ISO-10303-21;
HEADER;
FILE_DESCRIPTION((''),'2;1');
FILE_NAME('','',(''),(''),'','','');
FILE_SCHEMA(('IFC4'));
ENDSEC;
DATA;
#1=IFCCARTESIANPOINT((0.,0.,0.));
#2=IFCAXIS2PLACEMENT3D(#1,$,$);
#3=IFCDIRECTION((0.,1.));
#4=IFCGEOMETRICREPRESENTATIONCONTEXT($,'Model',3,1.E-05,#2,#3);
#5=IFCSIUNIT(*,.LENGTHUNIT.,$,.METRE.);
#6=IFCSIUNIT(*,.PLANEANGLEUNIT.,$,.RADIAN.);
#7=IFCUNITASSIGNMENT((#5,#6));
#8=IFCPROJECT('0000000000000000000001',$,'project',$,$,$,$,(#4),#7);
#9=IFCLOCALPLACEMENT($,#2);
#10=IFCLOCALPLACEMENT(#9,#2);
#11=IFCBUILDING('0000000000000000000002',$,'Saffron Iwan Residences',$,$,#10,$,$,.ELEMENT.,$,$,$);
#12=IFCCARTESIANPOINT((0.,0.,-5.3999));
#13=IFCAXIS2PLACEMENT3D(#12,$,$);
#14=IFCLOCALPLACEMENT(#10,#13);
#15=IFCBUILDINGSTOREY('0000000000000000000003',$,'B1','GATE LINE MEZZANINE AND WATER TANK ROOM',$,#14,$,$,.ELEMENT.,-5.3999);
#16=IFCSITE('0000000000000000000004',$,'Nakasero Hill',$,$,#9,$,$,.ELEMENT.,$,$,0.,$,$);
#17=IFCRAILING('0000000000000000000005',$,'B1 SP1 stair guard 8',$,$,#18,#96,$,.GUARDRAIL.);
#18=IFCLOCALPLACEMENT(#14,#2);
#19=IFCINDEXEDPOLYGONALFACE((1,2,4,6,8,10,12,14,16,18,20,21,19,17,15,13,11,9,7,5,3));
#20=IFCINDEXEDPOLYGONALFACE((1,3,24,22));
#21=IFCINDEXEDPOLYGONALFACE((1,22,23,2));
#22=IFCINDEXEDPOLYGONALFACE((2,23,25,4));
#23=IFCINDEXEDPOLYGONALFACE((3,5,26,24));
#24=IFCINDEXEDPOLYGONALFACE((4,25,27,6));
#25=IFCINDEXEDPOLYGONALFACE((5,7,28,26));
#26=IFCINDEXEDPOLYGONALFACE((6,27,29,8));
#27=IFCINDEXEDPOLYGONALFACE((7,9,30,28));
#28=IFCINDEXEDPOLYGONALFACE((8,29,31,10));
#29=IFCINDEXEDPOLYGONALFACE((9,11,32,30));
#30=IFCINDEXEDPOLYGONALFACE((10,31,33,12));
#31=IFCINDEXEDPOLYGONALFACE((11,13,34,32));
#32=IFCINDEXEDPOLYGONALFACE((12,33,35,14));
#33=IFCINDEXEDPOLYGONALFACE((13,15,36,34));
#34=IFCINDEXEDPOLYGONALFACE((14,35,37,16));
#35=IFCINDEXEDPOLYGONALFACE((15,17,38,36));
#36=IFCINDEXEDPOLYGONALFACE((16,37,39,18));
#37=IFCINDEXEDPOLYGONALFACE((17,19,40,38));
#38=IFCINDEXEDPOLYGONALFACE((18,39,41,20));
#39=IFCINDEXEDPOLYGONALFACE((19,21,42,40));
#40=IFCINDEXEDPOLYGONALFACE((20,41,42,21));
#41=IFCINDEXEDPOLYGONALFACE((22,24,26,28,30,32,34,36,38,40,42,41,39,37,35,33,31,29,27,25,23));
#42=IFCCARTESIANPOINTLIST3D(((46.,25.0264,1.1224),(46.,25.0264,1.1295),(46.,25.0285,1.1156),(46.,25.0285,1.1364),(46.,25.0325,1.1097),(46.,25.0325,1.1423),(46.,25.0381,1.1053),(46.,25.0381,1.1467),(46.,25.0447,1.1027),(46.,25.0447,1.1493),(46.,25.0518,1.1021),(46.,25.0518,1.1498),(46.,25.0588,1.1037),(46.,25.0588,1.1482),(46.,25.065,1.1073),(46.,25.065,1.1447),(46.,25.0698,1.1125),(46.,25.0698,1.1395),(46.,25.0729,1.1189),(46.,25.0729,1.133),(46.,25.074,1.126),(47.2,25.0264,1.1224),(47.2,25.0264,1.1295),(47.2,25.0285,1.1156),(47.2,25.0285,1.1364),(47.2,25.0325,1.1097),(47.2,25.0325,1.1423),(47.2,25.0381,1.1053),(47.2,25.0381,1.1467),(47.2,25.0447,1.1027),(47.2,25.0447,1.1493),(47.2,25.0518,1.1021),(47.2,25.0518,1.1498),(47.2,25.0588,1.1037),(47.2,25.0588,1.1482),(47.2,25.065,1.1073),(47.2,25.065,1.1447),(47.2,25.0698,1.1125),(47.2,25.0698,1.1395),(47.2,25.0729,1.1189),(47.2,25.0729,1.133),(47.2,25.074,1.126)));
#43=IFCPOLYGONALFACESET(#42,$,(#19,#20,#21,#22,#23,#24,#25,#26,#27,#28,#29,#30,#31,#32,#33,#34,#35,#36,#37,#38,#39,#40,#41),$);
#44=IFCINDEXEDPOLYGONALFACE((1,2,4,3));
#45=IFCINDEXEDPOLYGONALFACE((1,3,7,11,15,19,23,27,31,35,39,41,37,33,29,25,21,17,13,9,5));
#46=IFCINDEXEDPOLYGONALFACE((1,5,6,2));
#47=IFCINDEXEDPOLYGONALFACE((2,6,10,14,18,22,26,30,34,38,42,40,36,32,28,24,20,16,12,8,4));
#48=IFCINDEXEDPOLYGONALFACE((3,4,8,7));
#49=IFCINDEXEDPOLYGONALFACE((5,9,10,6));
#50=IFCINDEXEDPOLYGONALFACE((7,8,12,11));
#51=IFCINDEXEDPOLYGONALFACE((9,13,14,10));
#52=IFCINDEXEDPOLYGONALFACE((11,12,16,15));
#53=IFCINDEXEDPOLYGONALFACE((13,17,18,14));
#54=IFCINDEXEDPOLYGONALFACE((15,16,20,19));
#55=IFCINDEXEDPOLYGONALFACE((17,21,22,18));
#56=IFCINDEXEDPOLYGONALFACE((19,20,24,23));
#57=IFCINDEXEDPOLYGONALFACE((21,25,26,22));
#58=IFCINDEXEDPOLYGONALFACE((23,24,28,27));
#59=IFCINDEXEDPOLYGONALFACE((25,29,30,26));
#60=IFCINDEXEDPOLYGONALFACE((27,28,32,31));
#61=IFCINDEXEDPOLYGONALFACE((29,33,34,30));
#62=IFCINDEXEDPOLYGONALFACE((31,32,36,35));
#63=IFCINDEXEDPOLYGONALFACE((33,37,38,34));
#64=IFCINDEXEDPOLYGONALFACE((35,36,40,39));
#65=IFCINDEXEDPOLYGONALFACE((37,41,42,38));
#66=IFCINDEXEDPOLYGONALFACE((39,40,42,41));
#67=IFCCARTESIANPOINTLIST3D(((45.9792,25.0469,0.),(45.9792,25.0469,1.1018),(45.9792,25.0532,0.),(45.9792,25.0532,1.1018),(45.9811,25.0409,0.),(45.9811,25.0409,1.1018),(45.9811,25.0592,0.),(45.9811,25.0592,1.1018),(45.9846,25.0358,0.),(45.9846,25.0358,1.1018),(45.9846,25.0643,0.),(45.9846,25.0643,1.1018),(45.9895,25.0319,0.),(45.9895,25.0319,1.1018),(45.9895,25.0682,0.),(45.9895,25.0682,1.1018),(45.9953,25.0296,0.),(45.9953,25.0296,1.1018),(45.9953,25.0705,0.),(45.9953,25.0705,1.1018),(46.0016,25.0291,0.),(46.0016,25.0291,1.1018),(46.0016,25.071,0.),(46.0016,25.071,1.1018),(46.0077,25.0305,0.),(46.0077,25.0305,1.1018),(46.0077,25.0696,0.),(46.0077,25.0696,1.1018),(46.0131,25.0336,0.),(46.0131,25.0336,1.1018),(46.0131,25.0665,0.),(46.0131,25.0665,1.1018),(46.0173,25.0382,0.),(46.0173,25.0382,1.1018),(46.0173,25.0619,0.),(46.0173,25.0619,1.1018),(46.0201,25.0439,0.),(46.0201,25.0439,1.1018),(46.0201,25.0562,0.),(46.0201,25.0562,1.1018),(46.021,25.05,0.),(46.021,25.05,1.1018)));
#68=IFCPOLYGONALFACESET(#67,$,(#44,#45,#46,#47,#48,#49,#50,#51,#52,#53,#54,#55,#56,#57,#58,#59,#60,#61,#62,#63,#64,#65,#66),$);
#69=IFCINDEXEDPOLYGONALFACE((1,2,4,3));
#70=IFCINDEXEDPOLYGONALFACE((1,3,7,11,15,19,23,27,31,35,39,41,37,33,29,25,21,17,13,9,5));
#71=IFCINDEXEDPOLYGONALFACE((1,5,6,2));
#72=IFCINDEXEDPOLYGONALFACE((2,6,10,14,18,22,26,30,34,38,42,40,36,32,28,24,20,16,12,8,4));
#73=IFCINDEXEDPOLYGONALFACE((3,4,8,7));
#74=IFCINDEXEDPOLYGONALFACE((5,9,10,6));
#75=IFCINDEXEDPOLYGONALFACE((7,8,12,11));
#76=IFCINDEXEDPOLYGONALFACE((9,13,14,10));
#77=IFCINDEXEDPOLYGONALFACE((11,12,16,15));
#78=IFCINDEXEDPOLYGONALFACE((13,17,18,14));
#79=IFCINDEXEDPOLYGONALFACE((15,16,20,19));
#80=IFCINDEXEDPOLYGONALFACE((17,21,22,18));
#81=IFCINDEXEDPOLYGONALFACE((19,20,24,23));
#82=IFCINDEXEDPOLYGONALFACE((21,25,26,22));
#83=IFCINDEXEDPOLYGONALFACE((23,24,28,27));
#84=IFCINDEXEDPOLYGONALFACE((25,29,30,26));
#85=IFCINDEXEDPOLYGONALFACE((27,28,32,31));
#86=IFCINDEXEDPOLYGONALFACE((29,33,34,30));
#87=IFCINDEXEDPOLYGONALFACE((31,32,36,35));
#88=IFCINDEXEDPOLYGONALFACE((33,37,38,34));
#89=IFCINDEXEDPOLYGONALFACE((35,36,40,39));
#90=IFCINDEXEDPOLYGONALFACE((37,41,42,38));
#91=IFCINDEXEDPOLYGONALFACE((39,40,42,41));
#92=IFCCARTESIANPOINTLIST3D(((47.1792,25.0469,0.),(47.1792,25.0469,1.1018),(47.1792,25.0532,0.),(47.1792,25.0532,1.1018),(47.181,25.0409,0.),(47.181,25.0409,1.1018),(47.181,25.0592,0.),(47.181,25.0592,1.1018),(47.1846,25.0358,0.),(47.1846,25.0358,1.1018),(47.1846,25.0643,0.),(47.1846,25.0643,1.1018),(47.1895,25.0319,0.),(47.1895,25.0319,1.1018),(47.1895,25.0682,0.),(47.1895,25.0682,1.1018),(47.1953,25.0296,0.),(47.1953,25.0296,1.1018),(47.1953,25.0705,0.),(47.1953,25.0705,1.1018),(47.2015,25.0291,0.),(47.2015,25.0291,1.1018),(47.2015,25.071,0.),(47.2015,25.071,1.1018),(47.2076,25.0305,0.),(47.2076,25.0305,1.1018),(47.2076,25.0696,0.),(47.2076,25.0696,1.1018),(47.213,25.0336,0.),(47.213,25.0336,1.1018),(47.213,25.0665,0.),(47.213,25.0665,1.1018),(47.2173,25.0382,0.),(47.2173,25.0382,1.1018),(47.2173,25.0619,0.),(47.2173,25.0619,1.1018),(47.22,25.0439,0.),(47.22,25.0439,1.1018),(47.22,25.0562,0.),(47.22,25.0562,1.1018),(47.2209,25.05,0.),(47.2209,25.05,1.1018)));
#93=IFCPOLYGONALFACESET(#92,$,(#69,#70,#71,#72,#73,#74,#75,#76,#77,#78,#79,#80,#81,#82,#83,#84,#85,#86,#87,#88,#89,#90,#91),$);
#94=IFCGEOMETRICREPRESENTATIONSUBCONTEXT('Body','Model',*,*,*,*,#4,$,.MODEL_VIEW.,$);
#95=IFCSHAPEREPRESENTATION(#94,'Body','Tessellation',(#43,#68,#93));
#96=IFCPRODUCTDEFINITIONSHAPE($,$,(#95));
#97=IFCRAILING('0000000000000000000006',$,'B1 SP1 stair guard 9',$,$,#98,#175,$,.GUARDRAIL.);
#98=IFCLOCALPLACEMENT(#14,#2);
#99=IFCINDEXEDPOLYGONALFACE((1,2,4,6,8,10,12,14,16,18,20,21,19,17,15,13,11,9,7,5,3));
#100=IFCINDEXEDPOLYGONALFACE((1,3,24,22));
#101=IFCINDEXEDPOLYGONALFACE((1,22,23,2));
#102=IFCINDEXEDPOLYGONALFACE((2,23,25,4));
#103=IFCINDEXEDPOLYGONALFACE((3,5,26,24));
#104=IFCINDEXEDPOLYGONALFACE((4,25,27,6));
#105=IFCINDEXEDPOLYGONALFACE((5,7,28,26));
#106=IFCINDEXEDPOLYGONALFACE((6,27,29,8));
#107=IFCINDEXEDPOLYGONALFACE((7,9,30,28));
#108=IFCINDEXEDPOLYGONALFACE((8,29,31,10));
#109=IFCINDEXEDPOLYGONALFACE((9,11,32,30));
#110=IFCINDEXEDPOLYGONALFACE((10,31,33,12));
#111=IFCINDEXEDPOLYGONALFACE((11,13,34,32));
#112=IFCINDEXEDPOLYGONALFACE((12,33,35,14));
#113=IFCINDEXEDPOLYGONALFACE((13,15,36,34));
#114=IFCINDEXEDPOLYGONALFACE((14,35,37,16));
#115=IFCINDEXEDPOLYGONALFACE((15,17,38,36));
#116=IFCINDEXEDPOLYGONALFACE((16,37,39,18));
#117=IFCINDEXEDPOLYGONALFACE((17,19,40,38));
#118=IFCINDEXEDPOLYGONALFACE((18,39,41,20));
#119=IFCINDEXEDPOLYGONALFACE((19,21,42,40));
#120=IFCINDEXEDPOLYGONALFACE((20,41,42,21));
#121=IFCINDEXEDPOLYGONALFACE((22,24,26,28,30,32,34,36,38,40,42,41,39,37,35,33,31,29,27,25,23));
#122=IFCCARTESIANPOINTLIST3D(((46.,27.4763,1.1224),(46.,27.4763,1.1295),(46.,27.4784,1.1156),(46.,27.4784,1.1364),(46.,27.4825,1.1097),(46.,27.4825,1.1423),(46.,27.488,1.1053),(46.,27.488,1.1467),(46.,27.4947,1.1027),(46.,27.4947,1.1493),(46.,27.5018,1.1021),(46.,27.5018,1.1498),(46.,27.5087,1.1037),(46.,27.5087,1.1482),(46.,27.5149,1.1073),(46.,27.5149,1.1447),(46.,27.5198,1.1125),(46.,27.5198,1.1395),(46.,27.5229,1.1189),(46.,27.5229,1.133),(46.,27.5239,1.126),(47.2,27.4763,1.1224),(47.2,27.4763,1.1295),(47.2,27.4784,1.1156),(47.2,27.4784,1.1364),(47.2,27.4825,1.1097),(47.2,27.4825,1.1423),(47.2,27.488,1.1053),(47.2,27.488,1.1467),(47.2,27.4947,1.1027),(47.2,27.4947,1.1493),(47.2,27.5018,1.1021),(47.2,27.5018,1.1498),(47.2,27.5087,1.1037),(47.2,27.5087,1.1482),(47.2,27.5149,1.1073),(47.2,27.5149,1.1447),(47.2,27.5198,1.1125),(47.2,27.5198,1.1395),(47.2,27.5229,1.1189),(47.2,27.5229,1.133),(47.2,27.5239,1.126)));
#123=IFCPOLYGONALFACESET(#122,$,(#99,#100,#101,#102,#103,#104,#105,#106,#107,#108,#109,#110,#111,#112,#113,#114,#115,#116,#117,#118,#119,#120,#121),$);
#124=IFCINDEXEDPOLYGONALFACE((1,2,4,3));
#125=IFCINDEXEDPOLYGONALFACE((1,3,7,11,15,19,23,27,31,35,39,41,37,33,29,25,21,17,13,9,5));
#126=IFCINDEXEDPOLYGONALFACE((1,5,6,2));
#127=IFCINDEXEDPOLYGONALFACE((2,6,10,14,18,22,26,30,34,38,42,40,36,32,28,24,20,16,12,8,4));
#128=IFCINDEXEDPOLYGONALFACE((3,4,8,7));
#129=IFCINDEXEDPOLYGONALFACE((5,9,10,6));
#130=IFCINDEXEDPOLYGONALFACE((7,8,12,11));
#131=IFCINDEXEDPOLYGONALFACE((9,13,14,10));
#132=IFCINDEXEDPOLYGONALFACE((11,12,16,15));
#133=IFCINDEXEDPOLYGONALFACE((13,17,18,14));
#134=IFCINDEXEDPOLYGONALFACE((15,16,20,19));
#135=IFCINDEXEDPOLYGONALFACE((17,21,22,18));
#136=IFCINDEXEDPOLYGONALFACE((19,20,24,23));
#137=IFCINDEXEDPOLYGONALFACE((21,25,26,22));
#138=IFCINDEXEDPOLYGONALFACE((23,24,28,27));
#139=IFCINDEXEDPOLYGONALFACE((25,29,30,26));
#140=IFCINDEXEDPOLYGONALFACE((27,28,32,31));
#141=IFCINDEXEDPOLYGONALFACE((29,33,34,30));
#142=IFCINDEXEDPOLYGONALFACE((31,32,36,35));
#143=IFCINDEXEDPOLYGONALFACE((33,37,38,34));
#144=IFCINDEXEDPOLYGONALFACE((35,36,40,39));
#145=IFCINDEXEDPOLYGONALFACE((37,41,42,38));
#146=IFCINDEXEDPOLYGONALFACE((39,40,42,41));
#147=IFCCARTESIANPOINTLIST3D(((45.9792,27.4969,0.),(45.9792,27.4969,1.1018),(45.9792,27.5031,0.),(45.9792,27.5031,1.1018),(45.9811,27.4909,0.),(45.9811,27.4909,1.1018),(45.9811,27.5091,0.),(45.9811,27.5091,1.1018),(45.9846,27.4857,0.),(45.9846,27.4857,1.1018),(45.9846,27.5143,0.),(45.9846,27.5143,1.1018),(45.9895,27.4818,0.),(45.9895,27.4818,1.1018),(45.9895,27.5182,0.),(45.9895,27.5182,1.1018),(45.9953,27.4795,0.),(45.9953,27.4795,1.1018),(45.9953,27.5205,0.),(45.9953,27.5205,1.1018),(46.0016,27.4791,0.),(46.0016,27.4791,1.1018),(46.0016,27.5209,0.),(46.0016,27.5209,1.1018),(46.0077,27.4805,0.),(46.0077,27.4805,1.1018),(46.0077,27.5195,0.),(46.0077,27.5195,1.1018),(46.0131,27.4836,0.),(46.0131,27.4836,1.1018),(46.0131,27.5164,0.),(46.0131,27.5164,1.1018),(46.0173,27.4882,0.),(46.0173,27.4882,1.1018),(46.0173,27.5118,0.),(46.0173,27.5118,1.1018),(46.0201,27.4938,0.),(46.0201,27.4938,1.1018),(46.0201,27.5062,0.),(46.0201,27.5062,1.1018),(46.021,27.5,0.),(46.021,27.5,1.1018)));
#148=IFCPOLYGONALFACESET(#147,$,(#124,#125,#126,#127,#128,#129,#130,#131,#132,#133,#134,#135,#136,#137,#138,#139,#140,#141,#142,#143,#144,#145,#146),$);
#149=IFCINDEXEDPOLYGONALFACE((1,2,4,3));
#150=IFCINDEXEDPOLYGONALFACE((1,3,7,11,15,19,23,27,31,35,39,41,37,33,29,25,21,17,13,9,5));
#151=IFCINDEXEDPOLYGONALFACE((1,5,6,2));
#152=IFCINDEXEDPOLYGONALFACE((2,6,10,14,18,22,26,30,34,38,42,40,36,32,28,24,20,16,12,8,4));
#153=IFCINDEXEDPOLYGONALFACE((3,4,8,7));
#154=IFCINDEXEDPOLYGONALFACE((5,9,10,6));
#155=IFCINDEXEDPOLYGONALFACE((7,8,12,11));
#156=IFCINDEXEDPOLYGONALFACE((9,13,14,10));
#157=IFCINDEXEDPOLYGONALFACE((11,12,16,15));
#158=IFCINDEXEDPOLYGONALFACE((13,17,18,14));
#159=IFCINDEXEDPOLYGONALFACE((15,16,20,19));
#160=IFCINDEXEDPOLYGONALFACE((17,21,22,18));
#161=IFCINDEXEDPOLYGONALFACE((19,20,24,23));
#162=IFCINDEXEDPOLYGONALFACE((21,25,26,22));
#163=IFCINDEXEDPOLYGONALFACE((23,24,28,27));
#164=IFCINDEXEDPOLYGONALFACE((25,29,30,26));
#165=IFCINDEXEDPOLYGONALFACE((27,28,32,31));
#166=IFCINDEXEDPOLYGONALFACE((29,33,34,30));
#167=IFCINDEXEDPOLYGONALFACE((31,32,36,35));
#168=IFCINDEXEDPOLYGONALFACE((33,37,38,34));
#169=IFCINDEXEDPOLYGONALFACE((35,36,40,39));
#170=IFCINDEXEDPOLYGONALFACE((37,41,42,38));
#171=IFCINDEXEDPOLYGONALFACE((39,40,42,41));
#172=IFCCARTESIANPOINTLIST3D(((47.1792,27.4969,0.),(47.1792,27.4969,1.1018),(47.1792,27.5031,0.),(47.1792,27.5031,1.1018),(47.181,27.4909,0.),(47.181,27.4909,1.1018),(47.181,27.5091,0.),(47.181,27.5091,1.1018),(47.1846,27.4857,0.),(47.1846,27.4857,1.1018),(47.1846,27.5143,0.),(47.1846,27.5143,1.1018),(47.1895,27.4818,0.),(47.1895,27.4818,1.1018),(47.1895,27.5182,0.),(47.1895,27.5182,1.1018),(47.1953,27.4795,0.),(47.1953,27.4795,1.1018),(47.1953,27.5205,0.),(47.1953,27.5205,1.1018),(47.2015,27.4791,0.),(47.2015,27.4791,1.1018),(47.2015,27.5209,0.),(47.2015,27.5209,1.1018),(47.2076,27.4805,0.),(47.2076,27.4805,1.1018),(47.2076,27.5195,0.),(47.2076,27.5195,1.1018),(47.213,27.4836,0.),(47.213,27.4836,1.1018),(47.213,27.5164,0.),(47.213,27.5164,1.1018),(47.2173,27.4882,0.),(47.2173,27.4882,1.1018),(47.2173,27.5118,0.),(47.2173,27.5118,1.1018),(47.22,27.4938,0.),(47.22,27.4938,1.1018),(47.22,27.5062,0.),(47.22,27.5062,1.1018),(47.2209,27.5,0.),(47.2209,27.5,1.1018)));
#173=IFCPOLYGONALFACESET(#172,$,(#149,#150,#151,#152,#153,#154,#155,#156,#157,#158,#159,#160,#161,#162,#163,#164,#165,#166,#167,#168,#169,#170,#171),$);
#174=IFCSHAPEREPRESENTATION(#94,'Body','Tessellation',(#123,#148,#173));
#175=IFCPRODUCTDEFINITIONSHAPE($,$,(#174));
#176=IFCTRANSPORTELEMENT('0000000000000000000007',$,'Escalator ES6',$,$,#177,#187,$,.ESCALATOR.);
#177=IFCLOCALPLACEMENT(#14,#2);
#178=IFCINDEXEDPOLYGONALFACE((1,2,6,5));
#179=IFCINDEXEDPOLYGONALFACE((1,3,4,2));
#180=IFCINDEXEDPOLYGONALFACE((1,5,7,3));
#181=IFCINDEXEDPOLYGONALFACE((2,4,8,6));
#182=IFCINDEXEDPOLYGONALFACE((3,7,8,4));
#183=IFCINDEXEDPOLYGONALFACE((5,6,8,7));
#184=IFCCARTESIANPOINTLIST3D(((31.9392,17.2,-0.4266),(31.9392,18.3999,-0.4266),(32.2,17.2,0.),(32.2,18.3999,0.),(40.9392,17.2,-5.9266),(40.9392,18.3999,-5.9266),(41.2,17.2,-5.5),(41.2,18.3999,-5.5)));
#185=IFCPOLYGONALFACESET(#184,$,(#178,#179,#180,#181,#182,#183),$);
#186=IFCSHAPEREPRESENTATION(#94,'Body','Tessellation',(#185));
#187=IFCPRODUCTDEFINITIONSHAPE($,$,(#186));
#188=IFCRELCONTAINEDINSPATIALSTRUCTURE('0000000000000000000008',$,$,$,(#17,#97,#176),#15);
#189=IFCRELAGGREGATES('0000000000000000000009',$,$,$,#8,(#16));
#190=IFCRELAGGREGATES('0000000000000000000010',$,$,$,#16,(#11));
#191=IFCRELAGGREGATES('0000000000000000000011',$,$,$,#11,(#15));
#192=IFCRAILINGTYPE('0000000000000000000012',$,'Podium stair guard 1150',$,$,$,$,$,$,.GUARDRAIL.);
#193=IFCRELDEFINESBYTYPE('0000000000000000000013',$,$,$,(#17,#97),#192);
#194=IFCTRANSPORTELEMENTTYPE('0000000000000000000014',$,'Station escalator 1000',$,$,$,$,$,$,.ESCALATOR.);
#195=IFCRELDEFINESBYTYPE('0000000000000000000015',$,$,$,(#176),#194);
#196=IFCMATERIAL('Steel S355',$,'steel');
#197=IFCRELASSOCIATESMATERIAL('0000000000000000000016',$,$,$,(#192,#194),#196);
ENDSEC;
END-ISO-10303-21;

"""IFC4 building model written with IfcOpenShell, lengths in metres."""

from ifc_helpers import new_model, si_unit, direction, frame, origin, origin_2d, place, context, subcontext, project, spatial, polyline, circle, outline, extrude, material, type_object, element, save


model = new_model("IFC4")

# Units and contexts
model_context = context("Model", 3, precision=1e-05, world=origin(), true_north=direction((0.0, 1.0)))
body_context = subcontext(model_context, "Body", "Model", "MODEL_VIEW")
ifc_project = project(units=[si_unit("LENGTHUNIT", "METRE"), si_unit("PLANEANGLEUNIT", "RADIAN")], contexts=[model_context])

# Site, building, storey
site_placement = place(None, origin())
site = spatial("IfcSite", under=ifc_project, at=site_placement, Name="Nakasero Hill", CompositionType="ELEMENT", RefElevation=0.0)
building_placement = place(site_placement, origin())
building = spatial("IfcBuilding", under=site, at=building_placement, Name="Saffron Iwan Residences", CompositionType="ELEMENT")
storey_placement = place(building_placement, frame((0.0, 0.0, -5.3999)))
storey = spatial("IfcBuildingStorey", under=building, at=storey_placement, Name="B1", Description="GATE LINE MEZZANINE AND WATER TANK ROOM", CompositionType="ELEMENT", Elevation=-5.3999)

# Railings
ifc_material_1 = material(Name="Steel S355", Category="steel")
railing_type = type_object("IfcRailingType", Name="Podium stair guard 1150", PredefinedType="GUARDRAIL", material=ifc_material_1)
for number, where, name in (
    (1, (46.0, 25.05, 0.0), "B1 SP1 stair guard 8"),
    (2, (46.0, 27.5, 0.0), "B1 SP1 stair guard 9"),
):
    element("IfcRailing", number, at=place(storey_placement, frame(where)), inside=storey, type_object=railing_type, Name=name, PredefinedType="GUARDRAIL", context=body_context, shape_type="SweptSolid", body=[
        extrude(circle(Radius=0.0239, at=origin_2d()), frame((0.0, 0.0, 1.126), z_axis=(1.0, 0.0, 0.0), x_axis=(0.0, 1.0, 0.0)), (0.0, 0.0, 1.0), 1.2),
        extrude(circle(Radius=0.021, at=origin_2d()), origin(), (0.0, 0.0, 1.0), 1.1018),
        extrude(circle(Radius=0.021, at=origin_2d()), frame((1.2, 0.0, 0.0)), (0.0, 0.0, 1.0), 1.1018),
    ])

# Transport element
transport_element_type = type_object("IfcTransportElementType", Name="Station escalator 1000", PredefinedType="ESCALATOR", material=ifc_material_1)
transport_element_placement = place(storey_placement, frame((32.2, 17.2, 0.0), z_axis=(0.52145, 0.0, 0.853282), x_axis=(0.0, 1.0, 0.0)))
element("IfcTransportElement", 3, at=transport_element_placement, inside=storey, type_object=transport_element_type, Name="Escalator ES6", PredefinedType="ESCALATOR", context=body_context, shape_type="SweptSolid", body=[
    extrude(outline(polyline([(0.0, 0.0), (1.2, 0.0), (1.2, -10.5475), (0.0, -10.5475), (0.0, 0.0)])), origin(), (0.0, 0.0, -1.0), 0.5),
])

save(model, "model.ifc")
